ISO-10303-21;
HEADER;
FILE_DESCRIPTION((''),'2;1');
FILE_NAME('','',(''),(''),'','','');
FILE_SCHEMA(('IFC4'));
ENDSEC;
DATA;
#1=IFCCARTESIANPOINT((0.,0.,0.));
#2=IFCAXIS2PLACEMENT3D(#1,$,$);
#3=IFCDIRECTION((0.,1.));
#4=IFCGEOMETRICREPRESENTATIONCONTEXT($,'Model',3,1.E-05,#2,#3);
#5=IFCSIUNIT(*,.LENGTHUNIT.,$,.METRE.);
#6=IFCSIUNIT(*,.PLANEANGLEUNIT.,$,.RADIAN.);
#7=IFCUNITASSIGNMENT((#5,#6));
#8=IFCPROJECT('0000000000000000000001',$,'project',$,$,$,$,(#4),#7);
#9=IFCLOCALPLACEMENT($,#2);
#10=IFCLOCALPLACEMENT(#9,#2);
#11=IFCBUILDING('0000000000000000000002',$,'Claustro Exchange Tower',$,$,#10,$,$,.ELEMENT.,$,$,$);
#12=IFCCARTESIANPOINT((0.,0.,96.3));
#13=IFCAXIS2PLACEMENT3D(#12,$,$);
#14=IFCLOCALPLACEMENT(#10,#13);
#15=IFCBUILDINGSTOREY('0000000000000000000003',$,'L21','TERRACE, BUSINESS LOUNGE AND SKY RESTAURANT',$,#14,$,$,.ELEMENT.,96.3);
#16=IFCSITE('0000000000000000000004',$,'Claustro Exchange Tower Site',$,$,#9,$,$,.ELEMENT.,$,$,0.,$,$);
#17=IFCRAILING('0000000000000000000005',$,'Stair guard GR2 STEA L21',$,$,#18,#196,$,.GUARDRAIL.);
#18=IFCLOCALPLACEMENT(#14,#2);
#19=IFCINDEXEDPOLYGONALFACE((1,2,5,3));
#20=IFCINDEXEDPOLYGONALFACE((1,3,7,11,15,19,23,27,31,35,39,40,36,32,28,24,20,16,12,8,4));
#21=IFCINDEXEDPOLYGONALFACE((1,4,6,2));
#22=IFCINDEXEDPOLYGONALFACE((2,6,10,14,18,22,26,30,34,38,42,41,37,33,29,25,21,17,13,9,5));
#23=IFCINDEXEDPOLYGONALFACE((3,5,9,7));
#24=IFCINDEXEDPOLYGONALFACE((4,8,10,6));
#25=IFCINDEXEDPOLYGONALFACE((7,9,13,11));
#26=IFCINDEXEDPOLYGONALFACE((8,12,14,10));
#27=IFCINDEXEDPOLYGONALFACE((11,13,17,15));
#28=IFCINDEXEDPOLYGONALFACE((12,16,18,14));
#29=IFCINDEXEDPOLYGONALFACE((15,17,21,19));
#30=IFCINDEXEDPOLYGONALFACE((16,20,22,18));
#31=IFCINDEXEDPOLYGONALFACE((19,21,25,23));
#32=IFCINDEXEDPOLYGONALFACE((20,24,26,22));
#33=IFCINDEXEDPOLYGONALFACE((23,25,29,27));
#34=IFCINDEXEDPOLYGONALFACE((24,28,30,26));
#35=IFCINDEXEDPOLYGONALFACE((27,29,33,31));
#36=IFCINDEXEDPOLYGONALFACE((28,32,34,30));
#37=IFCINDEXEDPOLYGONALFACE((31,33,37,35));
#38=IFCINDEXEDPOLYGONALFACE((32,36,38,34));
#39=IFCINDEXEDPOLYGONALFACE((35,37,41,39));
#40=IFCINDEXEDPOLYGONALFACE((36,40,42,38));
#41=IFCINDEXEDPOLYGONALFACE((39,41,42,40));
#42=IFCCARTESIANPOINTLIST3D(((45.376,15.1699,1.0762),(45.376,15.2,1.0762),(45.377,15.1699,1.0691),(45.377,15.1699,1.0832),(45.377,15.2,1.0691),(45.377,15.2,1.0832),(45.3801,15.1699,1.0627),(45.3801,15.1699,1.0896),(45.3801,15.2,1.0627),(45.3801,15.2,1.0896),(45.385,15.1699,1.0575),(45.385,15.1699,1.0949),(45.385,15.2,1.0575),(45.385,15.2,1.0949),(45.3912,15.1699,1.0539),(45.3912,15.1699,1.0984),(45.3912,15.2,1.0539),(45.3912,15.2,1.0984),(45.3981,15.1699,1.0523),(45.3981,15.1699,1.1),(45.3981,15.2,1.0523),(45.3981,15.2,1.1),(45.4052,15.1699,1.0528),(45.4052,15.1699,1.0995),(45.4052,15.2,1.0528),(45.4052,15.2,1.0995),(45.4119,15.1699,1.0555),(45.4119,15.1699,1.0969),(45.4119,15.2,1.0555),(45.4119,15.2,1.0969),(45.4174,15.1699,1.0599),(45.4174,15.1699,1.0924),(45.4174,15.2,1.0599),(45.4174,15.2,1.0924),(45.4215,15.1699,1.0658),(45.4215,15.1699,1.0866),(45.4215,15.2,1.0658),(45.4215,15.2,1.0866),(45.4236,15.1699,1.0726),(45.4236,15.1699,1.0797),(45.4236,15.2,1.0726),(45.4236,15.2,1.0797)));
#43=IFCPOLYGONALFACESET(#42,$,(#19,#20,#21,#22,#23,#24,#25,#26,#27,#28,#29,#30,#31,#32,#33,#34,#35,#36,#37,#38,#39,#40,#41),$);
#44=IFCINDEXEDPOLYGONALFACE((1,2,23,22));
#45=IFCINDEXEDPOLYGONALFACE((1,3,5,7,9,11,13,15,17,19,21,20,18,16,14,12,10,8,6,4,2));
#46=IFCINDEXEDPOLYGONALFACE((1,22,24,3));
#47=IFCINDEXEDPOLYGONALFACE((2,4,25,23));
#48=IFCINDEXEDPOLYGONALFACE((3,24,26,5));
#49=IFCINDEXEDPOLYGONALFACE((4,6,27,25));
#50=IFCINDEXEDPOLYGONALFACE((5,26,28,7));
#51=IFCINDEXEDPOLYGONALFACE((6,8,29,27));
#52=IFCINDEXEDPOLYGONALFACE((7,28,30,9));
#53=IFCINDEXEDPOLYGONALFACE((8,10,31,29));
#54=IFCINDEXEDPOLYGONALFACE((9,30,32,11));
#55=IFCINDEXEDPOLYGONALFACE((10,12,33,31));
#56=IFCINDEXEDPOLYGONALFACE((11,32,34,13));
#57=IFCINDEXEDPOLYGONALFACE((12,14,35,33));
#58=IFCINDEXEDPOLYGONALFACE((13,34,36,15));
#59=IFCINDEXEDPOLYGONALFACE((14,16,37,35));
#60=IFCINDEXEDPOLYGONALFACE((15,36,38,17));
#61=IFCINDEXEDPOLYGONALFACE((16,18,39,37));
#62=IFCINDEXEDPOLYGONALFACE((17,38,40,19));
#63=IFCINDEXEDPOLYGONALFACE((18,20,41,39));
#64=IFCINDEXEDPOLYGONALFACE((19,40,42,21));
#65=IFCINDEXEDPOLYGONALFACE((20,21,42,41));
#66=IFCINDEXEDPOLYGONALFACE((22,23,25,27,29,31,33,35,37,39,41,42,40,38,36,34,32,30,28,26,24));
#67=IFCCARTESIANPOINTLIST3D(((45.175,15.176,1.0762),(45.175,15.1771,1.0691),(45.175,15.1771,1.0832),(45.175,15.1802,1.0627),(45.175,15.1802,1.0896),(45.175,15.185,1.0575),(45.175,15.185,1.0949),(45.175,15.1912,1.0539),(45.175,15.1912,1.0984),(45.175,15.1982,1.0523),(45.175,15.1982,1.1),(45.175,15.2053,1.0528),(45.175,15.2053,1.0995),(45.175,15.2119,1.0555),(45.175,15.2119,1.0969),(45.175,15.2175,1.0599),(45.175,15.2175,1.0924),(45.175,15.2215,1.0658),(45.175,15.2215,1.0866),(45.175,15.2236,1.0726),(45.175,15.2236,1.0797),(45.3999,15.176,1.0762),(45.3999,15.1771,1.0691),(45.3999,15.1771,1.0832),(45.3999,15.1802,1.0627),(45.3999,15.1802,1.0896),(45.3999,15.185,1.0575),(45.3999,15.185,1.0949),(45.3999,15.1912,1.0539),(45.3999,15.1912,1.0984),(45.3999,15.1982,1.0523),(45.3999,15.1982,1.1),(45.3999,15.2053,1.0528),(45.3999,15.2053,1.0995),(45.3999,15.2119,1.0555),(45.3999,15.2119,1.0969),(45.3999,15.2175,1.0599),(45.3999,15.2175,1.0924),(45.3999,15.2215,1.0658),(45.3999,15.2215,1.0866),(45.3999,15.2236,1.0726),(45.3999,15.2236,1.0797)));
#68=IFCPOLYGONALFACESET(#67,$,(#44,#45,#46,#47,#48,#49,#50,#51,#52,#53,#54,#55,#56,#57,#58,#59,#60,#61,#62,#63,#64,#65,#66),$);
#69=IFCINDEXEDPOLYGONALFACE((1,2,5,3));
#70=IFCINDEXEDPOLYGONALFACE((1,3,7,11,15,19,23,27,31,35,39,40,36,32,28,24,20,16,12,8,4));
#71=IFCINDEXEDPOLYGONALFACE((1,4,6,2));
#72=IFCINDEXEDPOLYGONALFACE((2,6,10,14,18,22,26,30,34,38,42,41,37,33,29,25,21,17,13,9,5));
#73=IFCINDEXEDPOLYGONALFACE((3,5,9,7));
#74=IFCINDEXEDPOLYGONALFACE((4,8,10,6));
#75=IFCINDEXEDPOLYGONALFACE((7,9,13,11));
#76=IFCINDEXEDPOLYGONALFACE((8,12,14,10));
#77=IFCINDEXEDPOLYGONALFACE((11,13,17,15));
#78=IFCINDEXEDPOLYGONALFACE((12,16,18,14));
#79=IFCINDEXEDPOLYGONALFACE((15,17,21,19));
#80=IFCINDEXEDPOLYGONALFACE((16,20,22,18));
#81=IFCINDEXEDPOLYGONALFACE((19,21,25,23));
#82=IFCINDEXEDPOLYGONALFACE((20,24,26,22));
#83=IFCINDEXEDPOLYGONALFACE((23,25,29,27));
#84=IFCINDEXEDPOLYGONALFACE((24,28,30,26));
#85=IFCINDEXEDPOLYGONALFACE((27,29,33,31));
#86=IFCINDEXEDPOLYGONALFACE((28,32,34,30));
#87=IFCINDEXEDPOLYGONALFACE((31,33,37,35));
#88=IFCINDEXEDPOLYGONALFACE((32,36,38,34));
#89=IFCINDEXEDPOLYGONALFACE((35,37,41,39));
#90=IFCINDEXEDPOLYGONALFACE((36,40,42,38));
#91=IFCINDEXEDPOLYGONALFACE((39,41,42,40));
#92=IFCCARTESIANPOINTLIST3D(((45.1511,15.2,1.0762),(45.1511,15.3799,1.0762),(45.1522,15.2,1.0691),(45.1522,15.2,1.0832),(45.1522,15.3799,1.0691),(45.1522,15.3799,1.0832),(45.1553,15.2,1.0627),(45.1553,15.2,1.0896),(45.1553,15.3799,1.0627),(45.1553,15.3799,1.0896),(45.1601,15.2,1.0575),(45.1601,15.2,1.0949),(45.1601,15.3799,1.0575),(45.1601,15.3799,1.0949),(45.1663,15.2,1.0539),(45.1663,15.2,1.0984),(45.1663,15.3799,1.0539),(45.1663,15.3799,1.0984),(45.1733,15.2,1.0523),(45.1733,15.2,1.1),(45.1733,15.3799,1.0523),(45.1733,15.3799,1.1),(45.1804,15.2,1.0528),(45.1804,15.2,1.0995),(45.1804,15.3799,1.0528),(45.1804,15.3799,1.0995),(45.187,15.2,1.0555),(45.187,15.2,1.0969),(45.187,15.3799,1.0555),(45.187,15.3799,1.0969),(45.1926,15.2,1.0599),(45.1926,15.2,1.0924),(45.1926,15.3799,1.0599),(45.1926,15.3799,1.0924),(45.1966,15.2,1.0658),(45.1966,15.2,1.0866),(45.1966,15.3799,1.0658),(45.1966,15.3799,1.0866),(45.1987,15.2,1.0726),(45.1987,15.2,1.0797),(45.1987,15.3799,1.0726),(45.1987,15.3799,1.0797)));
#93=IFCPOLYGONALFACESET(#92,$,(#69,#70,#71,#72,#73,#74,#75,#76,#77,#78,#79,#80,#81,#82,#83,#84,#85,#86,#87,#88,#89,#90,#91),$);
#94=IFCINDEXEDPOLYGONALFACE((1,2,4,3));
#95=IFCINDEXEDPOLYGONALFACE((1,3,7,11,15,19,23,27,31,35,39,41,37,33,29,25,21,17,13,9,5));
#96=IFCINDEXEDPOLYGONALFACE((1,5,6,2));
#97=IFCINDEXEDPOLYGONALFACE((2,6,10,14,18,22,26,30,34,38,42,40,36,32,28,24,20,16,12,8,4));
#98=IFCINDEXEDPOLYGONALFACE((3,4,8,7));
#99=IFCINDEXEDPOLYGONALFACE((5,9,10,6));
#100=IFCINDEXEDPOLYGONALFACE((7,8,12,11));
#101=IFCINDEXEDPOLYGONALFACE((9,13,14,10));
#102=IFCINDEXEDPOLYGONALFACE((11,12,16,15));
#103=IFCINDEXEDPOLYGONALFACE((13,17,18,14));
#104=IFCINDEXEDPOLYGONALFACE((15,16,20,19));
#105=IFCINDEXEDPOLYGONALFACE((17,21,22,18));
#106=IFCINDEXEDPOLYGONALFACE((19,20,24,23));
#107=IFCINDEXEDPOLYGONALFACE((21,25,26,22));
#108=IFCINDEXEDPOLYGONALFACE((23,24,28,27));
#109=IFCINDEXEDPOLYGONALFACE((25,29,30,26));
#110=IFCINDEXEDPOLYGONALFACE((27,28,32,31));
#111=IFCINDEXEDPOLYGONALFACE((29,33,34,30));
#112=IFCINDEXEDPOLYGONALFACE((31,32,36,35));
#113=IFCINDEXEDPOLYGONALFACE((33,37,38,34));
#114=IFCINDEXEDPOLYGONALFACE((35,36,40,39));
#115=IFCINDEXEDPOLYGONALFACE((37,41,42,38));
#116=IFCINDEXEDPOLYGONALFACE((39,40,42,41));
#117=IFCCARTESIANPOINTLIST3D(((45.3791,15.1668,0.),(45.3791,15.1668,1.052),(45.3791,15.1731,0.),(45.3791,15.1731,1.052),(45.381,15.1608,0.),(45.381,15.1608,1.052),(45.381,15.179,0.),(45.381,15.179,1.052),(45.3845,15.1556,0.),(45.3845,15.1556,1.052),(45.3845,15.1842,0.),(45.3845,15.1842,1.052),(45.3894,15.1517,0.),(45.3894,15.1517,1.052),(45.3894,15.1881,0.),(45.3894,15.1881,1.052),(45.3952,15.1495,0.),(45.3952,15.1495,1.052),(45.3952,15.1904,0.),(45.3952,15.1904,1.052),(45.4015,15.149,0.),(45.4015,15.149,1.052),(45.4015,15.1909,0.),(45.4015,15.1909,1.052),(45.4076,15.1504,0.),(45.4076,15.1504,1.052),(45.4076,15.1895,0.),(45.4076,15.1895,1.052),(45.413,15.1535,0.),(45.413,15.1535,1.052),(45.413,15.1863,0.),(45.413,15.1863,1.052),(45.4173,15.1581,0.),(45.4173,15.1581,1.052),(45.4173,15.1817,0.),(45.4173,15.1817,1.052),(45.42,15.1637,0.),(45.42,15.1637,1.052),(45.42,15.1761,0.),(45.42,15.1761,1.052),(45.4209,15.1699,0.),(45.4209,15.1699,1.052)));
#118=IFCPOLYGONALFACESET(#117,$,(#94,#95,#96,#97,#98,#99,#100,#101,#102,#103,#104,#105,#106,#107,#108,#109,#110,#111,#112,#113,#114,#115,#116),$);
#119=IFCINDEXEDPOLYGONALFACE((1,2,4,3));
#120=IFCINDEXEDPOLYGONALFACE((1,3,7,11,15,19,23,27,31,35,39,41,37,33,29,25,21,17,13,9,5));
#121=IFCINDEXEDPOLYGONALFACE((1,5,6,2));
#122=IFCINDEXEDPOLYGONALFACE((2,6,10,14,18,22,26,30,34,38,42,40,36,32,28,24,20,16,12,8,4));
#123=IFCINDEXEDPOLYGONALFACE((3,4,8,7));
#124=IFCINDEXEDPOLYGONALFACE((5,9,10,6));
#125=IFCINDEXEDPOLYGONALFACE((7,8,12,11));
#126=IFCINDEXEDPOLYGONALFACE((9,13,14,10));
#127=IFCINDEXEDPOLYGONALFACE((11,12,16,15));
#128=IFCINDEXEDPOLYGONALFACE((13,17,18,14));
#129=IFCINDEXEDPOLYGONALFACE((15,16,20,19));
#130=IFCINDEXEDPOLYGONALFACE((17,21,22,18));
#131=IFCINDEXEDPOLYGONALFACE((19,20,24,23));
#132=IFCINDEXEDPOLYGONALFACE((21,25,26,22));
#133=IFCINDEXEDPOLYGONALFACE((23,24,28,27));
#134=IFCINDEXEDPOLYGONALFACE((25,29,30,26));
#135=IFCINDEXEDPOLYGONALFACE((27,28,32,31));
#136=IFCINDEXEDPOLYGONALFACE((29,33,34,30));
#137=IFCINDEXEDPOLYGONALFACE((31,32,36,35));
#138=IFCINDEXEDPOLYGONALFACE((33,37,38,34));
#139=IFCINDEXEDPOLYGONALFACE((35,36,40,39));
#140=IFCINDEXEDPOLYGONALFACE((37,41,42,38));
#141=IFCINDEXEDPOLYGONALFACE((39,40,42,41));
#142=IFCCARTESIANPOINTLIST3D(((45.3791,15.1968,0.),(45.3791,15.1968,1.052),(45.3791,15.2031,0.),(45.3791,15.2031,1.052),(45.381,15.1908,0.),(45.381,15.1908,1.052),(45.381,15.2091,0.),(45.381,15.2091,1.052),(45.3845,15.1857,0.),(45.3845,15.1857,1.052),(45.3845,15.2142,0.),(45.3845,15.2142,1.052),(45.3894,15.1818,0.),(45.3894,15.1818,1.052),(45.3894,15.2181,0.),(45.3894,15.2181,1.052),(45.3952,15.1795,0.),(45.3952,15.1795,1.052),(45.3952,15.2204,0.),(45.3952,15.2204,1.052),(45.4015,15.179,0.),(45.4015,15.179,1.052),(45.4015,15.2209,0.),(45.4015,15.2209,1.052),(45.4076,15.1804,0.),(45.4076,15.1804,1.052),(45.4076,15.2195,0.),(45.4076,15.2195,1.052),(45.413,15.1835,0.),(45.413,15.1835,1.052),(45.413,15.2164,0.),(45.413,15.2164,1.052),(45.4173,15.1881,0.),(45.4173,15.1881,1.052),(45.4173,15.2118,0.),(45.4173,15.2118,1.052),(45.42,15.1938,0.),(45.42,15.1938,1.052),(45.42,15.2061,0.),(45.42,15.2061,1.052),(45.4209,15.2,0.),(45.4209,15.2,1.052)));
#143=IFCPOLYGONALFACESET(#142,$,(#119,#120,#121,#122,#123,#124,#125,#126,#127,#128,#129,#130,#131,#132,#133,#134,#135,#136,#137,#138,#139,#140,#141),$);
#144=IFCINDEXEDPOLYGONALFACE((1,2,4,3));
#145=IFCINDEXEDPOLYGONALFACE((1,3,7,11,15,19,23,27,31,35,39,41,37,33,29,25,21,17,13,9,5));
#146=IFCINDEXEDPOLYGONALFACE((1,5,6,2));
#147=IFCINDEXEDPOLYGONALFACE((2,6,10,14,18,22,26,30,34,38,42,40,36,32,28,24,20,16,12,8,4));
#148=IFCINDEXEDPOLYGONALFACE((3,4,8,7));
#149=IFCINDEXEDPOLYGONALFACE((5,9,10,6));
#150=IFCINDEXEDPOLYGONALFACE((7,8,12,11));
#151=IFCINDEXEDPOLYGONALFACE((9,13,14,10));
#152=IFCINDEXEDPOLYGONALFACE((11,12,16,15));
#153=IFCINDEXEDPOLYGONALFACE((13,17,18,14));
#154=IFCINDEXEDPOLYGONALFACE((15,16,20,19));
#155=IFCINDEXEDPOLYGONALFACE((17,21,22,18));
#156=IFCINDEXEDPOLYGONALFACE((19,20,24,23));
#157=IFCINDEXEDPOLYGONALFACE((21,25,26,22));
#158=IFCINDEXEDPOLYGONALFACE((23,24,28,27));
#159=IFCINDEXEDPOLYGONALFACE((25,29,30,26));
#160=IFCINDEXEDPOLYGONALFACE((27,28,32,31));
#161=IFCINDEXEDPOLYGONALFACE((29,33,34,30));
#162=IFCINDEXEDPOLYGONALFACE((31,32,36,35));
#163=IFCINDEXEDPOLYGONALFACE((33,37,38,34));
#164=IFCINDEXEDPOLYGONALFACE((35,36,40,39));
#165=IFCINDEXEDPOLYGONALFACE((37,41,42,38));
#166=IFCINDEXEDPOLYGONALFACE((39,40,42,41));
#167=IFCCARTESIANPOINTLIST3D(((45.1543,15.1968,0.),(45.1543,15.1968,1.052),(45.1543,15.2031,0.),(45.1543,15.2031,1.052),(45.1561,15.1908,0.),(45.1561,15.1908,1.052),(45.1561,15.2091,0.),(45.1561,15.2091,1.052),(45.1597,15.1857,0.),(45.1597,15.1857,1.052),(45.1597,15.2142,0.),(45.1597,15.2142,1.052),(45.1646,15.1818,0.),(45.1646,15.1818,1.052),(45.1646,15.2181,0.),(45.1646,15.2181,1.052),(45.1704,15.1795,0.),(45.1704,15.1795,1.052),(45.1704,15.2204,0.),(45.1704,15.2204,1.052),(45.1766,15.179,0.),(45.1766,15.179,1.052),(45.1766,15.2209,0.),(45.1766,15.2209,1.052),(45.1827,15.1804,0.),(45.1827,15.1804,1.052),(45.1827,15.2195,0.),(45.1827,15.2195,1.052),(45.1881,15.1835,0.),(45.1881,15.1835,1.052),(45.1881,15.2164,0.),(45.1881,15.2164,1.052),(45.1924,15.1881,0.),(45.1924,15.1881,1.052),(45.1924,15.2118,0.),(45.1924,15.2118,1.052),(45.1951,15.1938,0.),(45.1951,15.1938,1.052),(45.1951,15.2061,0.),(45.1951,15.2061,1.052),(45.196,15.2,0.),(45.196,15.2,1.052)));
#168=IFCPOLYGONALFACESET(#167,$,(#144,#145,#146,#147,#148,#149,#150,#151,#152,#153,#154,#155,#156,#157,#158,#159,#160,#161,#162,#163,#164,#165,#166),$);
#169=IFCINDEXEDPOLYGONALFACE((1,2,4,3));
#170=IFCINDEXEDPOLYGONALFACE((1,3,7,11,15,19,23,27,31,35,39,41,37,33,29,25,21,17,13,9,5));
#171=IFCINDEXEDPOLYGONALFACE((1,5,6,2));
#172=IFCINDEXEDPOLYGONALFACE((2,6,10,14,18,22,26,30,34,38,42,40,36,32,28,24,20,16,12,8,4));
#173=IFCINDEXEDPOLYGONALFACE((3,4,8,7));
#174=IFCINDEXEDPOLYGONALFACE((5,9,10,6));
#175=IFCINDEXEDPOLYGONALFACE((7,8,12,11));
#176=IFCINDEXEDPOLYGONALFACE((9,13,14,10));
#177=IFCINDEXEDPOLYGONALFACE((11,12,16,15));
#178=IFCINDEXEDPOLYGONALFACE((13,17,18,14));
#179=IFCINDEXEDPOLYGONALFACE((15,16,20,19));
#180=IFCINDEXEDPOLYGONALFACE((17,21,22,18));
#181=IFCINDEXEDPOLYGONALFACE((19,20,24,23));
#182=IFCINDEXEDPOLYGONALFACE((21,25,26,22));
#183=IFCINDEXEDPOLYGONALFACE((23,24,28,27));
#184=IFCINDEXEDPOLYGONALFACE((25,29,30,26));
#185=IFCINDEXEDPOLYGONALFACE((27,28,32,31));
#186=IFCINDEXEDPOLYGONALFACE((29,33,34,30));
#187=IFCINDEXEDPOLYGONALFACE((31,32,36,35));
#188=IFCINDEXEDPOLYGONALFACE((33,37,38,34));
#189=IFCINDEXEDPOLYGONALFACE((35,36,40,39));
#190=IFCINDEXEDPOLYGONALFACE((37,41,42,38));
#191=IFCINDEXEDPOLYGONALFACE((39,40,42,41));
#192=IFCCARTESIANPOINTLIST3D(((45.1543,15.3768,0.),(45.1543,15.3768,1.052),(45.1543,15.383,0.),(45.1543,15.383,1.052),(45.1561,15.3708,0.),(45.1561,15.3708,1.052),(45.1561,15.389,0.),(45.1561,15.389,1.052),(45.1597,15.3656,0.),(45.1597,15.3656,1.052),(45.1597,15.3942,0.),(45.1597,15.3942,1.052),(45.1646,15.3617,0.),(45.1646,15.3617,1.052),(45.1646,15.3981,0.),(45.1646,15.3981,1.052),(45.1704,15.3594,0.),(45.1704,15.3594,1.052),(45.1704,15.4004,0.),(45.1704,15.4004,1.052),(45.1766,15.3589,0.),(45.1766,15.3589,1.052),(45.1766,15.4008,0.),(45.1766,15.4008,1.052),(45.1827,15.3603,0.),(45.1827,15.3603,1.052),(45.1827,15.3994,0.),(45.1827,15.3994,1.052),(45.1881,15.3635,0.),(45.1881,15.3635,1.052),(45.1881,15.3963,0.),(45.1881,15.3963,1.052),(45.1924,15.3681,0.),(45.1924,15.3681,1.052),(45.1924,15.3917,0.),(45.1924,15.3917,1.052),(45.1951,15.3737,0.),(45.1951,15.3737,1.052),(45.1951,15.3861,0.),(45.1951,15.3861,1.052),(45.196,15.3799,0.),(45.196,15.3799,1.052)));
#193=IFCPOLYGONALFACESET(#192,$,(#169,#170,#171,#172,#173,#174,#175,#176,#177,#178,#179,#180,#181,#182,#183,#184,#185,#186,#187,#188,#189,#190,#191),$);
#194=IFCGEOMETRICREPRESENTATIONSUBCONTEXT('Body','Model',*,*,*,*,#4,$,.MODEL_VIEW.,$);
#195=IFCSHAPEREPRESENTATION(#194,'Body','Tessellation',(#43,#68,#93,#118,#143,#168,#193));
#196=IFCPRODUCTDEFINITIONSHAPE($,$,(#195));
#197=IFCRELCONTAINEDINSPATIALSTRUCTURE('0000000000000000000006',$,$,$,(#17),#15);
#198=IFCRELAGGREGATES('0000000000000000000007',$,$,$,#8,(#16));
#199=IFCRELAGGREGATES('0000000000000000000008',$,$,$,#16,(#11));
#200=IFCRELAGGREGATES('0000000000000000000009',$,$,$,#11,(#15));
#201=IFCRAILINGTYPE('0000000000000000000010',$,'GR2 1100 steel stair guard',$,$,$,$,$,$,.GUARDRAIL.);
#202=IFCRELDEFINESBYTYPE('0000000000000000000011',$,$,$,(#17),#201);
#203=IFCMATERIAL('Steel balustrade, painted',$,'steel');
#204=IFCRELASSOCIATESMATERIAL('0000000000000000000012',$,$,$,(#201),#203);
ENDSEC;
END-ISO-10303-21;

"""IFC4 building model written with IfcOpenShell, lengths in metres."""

from ifc_helpers import new_model, si_unit, direction, frame, origin, origin_2d, place, context, subcontext, project, spatial, circle, extrude, material, type_object, element, save


model = new_model("IFC4")

# Units and contexts
model_context = context("Model", 3, precision=1e-05, world=origin(), true_north=direction((0.0, 1.0)))
body_context = subcontext(model_context, "Body", "Model", "MODEL_VIEW")
ifc_project = project(units=[si_unit("LENGTHUNIT", "METRE"), si_unit("PLANEANGLEUNIT", "RADIAN")], contexts=[model_context])

# Site, building, storey
site_placement = place(None, origin())
site = spatial("IfcSite", under=ifc_project, at=site_placement, Name="Claustro Exchange Tower Site", CompositionType="ELEMENT", RefElevation=0.0)
building_placement = place(site_placement, origin())
building = spatial("IfcBuilding", under=site, at=building_placement, Name="Claustro Exchange Tower", CompositionType="ELEMENT")
storey_placement = place(building_placement, frame((0.0, 0.0, 96.3)))
storey = spatial("IfcBuildingStorey", under=building, at=storey_placement, Name="L21", Description="TERRACE, BUSINESS LOUNGE AND SKY RESTAURANT", CompositionType="ELEMENT", Elevation=96.3)

# Railing
ifc_material_1 = material(Name="Steel balustrade, painted", Category="steel")
railing_type_1 = type_object("IfcRailingType", Name="GR2 1100 steel stair guard", PredefinedType="GUARDRAIL", material=ifc_material_1)
railing_1_placement = place(storey_placement, frame((45.3999, 15.1699, 0.0)))
element("IfcRailing", 1, at=railing_1_placement, inside=storey, type_object=railing_type_1, Name="Stair guard GR2 STEA L21", PredefinedType="GUARDRAIL", context=body_context, shape_type="SweptSolid", body=[
    extrude(circle(Radius=0.0239, at=origin_2d()), frame((0.0, 0.0, 1.0762), z_axis=(0.0, 1.0, 0.0), x_axis=(-1.0, 0.0, 0.0)), (0.0, 0.0, 1.0), 0.03),
    extrude(circle(Radius=0.0239, at=origin_2d()), frame((0.0, 0.03, 1.0762), z_axis=(-1.0, 0.0, 0.0), x_axis=(0.0, -1.0, 0.0)), (0.0, 0.0, 1.0), 0.2249),
    extrude(circle(Radius=0.0239, at=origin_2d()), frame((-0.2249, 0.03, 1.0762), z_axis=(0.0, 1.0, 0.0), x_axis=(-1.0, 0.0, 0.0)), (0.0, 0.0, 1.0), 0.1799),
    extrude(circle(Radius=0.021, at=origin_2d()), origin(), (0.0, 0.0, 1.0), 1.052),
    extrude(circle(Radius=0.021, at=origin_2d()), frame((0.0, 0.03, 0.0)), (0.0, 0.0, 1.0), 1.052),
    extrude(circle(Radius=0.021, at=origin_2d()), frame((-0.2249, 0.03, 0.0)), (0.0, 0.0, 1.0), 1.052),
    extrude(circle(Radius=0.021, at=origin_2d()), frame((-0.2249, 0.21, 0.0)), (0.0, 0.0, 1.0), 1.052),
])

save(model, "model.ifc")
